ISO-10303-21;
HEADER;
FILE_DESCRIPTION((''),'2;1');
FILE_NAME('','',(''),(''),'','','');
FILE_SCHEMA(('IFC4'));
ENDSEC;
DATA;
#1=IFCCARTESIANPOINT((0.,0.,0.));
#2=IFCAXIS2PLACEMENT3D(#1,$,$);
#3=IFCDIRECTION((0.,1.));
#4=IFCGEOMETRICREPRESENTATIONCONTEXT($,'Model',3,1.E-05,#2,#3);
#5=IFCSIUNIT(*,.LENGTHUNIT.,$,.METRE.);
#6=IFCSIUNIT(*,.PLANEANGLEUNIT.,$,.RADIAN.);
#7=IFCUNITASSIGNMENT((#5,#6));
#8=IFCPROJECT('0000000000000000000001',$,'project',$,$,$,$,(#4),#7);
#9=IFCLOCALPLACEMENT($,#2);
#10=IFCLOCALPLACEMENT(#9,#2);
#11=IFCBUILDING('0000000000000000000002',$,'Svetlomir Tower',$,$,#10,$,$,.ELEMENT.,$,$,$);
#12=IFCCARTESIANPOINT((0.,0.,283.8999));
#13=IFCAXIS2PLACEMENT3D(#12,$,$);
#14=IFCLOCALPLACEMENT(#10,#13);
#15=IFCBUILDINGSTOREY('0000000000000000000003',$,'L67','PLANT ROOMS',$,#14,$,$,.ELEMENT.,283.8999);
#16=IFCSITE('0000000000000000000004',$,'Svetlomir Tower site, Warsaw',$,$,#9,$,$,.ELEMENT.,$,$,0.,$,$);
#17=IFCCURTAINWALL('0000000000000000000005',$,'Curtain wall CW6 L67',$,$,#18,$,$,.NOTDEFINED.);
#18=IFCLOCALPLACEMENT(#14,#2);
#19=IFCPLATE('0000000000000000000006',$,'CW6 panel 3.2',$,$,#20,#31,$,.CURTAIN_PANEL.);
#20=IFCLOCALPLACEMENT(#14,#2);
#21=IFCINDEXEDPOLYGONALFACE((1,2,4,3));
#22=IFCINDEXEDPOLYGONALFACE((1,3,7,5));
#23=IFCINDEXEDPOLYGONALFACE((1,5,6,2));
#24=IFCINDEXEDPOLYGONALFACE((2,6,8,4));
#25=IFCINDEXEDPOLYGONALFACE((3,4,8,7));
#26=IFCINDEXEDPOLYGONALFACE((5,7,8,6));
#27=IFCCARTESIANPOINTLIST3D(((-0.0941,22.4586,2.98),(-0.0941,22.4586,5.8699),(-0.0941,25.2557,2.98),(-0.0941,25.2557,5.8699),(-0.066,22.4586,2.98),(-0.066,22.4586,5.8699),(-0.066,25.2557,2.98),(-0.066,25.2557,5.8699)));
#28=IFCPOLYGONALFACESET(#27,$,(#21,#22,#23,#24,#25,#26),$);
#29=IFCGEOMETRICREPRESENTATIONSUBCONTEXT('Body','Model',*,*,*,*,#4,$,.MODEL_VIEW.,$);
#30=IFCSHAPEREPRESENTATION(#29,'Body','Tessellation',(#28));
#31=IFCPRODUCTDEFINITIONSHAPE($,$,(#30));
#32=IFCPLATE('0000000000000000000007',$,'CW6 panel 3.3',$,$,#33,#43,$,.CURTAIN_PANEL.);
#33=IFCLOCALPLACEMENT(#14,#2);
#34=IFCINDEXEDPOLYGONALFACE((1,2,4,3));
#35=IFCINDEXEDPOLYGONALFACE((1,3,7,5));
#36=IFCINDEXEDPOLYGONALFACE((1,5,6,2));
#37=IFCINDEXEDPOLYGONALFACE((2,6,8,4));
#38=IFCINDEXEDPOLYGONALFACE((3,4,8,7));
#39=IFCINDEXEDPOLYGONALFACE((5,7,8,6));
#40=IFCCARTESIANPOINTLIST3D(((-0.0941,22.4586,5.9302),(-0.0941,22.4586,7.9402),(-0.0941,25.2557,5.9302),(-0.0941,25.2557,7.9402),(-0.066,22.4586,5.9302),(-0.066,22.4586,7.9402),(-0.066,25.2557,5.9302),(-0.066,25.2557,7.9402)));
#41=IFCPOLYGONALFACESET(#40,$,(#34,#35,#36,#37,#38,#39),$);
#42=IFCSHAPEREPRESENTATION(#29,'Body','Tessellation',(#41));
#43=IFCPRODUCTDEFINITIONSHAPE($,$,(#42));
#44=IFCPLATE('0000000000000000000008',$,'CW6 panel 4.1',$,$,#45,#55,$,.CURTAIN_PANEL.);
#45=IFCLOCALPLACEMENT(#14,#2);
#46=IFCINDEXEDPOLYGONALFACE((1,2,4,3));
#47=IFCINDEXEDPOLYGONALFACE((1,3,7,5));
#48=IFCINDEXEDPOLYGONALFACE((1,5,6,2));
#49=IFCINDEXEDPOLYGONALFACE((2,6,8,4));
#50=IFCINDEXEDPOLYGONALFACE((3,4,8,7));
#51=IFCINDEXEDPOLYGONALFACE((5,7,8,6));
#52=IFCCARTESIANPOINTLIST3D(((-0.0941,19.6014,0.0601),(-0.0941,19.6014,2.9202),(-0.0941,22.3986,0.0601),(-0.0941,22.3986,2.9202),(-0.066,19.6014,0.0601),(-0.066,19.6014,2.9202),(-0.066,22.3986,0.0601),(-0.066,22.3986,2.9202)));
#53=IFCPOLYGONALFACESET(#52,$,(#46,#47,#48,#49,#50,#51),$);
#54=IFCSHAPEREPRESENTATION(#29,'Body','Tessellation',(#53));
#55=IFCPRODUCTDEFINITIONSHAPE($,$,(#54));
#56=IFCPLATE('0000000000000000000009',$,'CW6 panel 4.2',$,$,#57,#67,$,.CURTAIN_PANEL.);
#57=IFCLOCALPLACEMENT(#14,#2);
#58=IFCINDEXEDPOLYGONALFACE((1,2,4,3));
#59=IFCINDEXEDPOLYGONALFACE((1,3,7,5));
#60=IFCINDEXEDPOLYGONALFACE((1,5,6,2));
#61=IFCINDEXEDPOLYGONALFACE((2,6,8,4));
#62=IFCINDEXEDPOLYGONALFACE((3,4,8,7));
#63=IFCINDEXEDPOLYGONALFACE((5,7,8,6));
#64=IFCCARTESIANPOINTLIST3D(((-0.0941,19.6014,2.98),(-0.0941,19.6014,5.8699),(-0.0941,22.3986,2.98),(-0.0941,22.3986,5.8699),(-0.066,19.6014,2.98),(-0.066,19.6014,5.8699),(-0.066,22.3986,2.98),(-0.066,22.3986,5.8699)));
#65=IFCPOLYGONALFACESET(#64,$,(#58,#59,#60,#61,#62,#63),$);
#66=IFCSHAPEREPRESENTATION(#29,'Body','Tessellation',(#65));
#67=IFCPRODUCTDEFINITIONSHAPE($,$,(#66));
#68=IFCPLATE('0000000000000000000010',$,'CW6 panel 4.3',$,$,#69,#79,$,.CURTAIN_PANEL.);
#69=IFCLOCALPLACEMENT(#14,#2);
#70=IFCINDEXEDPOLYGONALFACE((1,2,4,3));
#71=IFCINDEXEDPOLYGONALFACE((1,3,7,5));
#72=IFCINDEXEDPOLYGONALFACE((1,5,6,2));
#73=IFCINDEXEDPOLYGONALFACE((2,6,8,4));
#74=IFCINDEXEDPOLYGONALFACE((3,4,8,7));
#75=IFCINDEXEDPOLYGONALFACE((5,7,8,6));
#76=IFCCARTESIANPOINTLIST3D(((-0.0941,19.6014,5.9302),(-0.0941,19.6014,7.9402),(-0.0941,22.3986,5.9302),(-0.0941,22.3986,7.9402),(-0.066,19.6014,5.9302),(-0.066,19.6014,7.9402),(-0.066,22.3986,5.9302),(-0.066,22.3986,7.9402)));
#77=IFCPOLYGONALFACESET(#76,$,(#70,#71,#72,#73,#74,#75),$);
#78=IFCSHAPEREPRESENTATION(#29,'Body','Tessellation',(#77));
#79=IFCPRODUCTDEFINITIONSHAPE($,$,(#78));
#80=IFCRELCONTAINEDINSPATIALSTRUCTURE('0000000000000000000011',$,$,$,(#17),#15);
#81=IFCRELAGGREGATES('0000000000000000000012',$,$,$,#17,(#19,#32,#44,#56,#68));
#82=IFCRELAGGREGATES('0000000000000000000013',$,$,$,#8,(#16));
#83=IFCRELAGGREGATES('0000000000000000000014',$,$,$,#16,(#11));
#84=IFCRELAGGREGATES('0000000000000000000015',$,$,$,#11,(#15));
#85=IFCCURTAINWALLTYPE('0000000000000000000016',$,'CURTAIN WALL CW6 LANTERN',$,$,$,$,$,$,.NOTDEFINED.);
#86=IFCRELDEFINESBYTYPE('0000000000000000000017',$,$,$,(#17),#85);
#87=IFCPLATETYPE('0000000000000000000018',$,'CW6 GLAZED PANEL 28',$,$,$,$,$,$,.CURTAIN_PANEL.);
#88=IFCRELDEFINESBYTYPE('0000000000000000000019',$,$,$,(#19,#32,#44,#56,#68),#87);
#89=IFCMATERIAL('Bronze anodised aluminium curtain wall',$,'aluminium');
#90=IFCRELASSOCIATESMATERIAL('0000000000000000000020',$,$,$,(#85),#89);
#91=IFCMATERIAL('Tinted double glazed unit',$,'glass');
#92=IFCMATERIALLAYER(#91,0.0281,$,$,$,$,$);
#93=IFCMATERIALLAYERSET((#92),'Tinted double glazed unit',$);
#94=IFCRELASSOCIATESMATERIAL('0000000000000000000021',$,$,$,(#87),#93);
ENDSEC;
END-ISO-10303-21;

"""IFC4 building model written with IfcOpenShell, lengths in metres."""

from ifc_helpers import new_model, si_unit, direction, frame, origin, origin_2d, place, context, subcontext, project, spatial, rectangle, extrude, material, layer, layer_set, type_object, element, aggregate, save


model = new_model("IFC4")

# Units and contexts
model_context = context("Model", 3, precision=1e-05, world=origin(), true_north=direction((0.0, 1.0)))
body_context = subcontext(model_context, "Body", "Model", "MODEL_VIEW")
ifc_project = project(units=[si_unit("LENGTHUNIT", "METRE"), si_unit("PLANEANGLEUNIT", "RADIAN")], contexts=[model_context])

# Site, building, storey
site_placement = place(None, origin())
site = spatial("IfcSite", under=ifc_project, at=site_placement, Name="Svetlomir Tower site, Warsaw", CompositionType="ELEMENT", RefElevation=0.0)
building_placement = place(site_placement, origin())
building = spatial("IfcBuilding", under=site, at=building_placement, Name="Svetlomir Tower", CompositionType="ELEMENT")
storey_placement = place(building_placement, frame((0.0, 0.0, 283.8999)))
storey = spatial("IfcBuildingStorey", under=building, at=storey_placement, Name="L67", Description="PLANT ROOMS", CompositionType="ELEMENT", Elevation=283.8999)

# Curtain wall, plates
ifc_material_1 = material(Name="Bronze anodised aluminium curtain wall", Category="aluminium")
curtain_wall_type = type_object("IfcCurtainWallType", Name="CURTAIN WALL CW6 LANTERN", PredefinedType="NOTDEFINED", material=ifc_material_1)
curtain_wall_placement = place(storey_placement, origin())
curtain_wall = element("IfcCurtainWall", 1, at=curtain_wall_placement, inside=storey, type_object=curtain_wall_type, Name="Curtain wall CW6 L67", PredefinedType="NOTDEFINED")
ifc_material_2 = material(Name="Tinted double glazed unit", Category="glass")
ifc_layer = layer(ifc_material_2, 0.0281)
ifc_layer_set = layer_set([ifc_layer], Name="Tinted double glazed unit")
plate_type = type_object("IfcPlateType", Name="CW6 GLAZED PANEL 28", PredefinedType="CURTAIN_PANEL", material=ifc_layer_set)
plate_1_placement = place(storey_placement, frame((-0.0801, 23.8572, 2.98), z_axis=(0.0, 0.0, 1.0), x_axis=(0.0, -1.0, 0.0)))
plate_1 = element("IfcPlate", 2, at=plate_1_placement, type_object=plate_type, Name="CW6 panel 3.2", PredefinedType="CURTAIN_PANEL", context=body_context, shape_type="SweptSolid", body=[
    extrude(rectangle(XDim=2.7971, YDim=0.0281, at=origin_2d()), origin(), (0.0, 0.0, 1.0), 2.8899),
])
plate_2_placement = place(storey_placement, frame((-0.0801, 23.8572, 5.9302), z_axis=(0.0, 0.0, 1.0), x_axis=(0.0, -1.0, 0.0)))
plate_2 = element("IfcPlate", 3, at=plate_2_placement, type_object=plate_type, Name="CW6 panel 3.3", PredefinedType="CURTAIN_PANEL", context=body_context, shape_type="SweptSolid", body=[
    extrude(rectangle(XDim=2.7971, YDim=0.0281, at=origin_2d()), origin(), (0.0, 0.0, 1.0), 2.01),
])
plate_3_placement = place(storey_placement, frame((-0.0801, 21.0, 0.0601), z_axis=(0.0, 0.0, 1.0), x_axis=(0.0, -1.0, 0.0)))
plate_3 = element("IfcPlate", 4, at=plate_3_placement, type_object=plate_type, Name="CW6 panel 4.1", PredefinedType="CURTAIN_PANEL", context=body_context, shape_type="SweptSolid", body=[
    extrude(rectangle(XDim=2.7971, YDim=0.0281, at=origin_2d()), origin(), (0.0, 0.0, 1.0), 2.8601),
])
plate_4_placement = place(storey_placement, frame((-0.0801, 21.0, 2.98), z_axis=(0.0, 0.0, 1.0), x_axis=(0.0, -1.0, 0.0)))
plate_4 = element("IfcPlate", 5, at=plate_4_placement, type_object=plate_type, Name="CW6 panel 4.2", PredefinedType="CURTAIN_PANEL", context=body_context, shape_type="SweptSolid", body=[
    extrude(rectangle(XDim=2.7971, YDim=0.0281, at=origin_2d()), origin(), (0.0, 0.0, 1.0), 2.8899),
])
plate_5_placement = place(storey_placement, frame((-0.0801, 21.0, 5.9302), z_axis=(0.0, 0.0, 1.0), x_axis=(0.0, -1.0, 0.0)))
plate_5 = element("IfcPlate", 6, at=plate_5_placement, type_object=plate_type, Name="CW6 panel 4.3", PredefinedType="CURTAIN_PANEL", context=body_context, shape_type="SweptSolid", body=[
    extrude(rectangle(XDim=2.7971, YDim=0.0281, at=origin_2d()), origin(), (0.0, 0.0, 1.0), 2.01),
])
aggregate(curtain_wall, [plate_1, plate_2, plate_3, plate_4, plate_5])

save(model, "model.ifc")
